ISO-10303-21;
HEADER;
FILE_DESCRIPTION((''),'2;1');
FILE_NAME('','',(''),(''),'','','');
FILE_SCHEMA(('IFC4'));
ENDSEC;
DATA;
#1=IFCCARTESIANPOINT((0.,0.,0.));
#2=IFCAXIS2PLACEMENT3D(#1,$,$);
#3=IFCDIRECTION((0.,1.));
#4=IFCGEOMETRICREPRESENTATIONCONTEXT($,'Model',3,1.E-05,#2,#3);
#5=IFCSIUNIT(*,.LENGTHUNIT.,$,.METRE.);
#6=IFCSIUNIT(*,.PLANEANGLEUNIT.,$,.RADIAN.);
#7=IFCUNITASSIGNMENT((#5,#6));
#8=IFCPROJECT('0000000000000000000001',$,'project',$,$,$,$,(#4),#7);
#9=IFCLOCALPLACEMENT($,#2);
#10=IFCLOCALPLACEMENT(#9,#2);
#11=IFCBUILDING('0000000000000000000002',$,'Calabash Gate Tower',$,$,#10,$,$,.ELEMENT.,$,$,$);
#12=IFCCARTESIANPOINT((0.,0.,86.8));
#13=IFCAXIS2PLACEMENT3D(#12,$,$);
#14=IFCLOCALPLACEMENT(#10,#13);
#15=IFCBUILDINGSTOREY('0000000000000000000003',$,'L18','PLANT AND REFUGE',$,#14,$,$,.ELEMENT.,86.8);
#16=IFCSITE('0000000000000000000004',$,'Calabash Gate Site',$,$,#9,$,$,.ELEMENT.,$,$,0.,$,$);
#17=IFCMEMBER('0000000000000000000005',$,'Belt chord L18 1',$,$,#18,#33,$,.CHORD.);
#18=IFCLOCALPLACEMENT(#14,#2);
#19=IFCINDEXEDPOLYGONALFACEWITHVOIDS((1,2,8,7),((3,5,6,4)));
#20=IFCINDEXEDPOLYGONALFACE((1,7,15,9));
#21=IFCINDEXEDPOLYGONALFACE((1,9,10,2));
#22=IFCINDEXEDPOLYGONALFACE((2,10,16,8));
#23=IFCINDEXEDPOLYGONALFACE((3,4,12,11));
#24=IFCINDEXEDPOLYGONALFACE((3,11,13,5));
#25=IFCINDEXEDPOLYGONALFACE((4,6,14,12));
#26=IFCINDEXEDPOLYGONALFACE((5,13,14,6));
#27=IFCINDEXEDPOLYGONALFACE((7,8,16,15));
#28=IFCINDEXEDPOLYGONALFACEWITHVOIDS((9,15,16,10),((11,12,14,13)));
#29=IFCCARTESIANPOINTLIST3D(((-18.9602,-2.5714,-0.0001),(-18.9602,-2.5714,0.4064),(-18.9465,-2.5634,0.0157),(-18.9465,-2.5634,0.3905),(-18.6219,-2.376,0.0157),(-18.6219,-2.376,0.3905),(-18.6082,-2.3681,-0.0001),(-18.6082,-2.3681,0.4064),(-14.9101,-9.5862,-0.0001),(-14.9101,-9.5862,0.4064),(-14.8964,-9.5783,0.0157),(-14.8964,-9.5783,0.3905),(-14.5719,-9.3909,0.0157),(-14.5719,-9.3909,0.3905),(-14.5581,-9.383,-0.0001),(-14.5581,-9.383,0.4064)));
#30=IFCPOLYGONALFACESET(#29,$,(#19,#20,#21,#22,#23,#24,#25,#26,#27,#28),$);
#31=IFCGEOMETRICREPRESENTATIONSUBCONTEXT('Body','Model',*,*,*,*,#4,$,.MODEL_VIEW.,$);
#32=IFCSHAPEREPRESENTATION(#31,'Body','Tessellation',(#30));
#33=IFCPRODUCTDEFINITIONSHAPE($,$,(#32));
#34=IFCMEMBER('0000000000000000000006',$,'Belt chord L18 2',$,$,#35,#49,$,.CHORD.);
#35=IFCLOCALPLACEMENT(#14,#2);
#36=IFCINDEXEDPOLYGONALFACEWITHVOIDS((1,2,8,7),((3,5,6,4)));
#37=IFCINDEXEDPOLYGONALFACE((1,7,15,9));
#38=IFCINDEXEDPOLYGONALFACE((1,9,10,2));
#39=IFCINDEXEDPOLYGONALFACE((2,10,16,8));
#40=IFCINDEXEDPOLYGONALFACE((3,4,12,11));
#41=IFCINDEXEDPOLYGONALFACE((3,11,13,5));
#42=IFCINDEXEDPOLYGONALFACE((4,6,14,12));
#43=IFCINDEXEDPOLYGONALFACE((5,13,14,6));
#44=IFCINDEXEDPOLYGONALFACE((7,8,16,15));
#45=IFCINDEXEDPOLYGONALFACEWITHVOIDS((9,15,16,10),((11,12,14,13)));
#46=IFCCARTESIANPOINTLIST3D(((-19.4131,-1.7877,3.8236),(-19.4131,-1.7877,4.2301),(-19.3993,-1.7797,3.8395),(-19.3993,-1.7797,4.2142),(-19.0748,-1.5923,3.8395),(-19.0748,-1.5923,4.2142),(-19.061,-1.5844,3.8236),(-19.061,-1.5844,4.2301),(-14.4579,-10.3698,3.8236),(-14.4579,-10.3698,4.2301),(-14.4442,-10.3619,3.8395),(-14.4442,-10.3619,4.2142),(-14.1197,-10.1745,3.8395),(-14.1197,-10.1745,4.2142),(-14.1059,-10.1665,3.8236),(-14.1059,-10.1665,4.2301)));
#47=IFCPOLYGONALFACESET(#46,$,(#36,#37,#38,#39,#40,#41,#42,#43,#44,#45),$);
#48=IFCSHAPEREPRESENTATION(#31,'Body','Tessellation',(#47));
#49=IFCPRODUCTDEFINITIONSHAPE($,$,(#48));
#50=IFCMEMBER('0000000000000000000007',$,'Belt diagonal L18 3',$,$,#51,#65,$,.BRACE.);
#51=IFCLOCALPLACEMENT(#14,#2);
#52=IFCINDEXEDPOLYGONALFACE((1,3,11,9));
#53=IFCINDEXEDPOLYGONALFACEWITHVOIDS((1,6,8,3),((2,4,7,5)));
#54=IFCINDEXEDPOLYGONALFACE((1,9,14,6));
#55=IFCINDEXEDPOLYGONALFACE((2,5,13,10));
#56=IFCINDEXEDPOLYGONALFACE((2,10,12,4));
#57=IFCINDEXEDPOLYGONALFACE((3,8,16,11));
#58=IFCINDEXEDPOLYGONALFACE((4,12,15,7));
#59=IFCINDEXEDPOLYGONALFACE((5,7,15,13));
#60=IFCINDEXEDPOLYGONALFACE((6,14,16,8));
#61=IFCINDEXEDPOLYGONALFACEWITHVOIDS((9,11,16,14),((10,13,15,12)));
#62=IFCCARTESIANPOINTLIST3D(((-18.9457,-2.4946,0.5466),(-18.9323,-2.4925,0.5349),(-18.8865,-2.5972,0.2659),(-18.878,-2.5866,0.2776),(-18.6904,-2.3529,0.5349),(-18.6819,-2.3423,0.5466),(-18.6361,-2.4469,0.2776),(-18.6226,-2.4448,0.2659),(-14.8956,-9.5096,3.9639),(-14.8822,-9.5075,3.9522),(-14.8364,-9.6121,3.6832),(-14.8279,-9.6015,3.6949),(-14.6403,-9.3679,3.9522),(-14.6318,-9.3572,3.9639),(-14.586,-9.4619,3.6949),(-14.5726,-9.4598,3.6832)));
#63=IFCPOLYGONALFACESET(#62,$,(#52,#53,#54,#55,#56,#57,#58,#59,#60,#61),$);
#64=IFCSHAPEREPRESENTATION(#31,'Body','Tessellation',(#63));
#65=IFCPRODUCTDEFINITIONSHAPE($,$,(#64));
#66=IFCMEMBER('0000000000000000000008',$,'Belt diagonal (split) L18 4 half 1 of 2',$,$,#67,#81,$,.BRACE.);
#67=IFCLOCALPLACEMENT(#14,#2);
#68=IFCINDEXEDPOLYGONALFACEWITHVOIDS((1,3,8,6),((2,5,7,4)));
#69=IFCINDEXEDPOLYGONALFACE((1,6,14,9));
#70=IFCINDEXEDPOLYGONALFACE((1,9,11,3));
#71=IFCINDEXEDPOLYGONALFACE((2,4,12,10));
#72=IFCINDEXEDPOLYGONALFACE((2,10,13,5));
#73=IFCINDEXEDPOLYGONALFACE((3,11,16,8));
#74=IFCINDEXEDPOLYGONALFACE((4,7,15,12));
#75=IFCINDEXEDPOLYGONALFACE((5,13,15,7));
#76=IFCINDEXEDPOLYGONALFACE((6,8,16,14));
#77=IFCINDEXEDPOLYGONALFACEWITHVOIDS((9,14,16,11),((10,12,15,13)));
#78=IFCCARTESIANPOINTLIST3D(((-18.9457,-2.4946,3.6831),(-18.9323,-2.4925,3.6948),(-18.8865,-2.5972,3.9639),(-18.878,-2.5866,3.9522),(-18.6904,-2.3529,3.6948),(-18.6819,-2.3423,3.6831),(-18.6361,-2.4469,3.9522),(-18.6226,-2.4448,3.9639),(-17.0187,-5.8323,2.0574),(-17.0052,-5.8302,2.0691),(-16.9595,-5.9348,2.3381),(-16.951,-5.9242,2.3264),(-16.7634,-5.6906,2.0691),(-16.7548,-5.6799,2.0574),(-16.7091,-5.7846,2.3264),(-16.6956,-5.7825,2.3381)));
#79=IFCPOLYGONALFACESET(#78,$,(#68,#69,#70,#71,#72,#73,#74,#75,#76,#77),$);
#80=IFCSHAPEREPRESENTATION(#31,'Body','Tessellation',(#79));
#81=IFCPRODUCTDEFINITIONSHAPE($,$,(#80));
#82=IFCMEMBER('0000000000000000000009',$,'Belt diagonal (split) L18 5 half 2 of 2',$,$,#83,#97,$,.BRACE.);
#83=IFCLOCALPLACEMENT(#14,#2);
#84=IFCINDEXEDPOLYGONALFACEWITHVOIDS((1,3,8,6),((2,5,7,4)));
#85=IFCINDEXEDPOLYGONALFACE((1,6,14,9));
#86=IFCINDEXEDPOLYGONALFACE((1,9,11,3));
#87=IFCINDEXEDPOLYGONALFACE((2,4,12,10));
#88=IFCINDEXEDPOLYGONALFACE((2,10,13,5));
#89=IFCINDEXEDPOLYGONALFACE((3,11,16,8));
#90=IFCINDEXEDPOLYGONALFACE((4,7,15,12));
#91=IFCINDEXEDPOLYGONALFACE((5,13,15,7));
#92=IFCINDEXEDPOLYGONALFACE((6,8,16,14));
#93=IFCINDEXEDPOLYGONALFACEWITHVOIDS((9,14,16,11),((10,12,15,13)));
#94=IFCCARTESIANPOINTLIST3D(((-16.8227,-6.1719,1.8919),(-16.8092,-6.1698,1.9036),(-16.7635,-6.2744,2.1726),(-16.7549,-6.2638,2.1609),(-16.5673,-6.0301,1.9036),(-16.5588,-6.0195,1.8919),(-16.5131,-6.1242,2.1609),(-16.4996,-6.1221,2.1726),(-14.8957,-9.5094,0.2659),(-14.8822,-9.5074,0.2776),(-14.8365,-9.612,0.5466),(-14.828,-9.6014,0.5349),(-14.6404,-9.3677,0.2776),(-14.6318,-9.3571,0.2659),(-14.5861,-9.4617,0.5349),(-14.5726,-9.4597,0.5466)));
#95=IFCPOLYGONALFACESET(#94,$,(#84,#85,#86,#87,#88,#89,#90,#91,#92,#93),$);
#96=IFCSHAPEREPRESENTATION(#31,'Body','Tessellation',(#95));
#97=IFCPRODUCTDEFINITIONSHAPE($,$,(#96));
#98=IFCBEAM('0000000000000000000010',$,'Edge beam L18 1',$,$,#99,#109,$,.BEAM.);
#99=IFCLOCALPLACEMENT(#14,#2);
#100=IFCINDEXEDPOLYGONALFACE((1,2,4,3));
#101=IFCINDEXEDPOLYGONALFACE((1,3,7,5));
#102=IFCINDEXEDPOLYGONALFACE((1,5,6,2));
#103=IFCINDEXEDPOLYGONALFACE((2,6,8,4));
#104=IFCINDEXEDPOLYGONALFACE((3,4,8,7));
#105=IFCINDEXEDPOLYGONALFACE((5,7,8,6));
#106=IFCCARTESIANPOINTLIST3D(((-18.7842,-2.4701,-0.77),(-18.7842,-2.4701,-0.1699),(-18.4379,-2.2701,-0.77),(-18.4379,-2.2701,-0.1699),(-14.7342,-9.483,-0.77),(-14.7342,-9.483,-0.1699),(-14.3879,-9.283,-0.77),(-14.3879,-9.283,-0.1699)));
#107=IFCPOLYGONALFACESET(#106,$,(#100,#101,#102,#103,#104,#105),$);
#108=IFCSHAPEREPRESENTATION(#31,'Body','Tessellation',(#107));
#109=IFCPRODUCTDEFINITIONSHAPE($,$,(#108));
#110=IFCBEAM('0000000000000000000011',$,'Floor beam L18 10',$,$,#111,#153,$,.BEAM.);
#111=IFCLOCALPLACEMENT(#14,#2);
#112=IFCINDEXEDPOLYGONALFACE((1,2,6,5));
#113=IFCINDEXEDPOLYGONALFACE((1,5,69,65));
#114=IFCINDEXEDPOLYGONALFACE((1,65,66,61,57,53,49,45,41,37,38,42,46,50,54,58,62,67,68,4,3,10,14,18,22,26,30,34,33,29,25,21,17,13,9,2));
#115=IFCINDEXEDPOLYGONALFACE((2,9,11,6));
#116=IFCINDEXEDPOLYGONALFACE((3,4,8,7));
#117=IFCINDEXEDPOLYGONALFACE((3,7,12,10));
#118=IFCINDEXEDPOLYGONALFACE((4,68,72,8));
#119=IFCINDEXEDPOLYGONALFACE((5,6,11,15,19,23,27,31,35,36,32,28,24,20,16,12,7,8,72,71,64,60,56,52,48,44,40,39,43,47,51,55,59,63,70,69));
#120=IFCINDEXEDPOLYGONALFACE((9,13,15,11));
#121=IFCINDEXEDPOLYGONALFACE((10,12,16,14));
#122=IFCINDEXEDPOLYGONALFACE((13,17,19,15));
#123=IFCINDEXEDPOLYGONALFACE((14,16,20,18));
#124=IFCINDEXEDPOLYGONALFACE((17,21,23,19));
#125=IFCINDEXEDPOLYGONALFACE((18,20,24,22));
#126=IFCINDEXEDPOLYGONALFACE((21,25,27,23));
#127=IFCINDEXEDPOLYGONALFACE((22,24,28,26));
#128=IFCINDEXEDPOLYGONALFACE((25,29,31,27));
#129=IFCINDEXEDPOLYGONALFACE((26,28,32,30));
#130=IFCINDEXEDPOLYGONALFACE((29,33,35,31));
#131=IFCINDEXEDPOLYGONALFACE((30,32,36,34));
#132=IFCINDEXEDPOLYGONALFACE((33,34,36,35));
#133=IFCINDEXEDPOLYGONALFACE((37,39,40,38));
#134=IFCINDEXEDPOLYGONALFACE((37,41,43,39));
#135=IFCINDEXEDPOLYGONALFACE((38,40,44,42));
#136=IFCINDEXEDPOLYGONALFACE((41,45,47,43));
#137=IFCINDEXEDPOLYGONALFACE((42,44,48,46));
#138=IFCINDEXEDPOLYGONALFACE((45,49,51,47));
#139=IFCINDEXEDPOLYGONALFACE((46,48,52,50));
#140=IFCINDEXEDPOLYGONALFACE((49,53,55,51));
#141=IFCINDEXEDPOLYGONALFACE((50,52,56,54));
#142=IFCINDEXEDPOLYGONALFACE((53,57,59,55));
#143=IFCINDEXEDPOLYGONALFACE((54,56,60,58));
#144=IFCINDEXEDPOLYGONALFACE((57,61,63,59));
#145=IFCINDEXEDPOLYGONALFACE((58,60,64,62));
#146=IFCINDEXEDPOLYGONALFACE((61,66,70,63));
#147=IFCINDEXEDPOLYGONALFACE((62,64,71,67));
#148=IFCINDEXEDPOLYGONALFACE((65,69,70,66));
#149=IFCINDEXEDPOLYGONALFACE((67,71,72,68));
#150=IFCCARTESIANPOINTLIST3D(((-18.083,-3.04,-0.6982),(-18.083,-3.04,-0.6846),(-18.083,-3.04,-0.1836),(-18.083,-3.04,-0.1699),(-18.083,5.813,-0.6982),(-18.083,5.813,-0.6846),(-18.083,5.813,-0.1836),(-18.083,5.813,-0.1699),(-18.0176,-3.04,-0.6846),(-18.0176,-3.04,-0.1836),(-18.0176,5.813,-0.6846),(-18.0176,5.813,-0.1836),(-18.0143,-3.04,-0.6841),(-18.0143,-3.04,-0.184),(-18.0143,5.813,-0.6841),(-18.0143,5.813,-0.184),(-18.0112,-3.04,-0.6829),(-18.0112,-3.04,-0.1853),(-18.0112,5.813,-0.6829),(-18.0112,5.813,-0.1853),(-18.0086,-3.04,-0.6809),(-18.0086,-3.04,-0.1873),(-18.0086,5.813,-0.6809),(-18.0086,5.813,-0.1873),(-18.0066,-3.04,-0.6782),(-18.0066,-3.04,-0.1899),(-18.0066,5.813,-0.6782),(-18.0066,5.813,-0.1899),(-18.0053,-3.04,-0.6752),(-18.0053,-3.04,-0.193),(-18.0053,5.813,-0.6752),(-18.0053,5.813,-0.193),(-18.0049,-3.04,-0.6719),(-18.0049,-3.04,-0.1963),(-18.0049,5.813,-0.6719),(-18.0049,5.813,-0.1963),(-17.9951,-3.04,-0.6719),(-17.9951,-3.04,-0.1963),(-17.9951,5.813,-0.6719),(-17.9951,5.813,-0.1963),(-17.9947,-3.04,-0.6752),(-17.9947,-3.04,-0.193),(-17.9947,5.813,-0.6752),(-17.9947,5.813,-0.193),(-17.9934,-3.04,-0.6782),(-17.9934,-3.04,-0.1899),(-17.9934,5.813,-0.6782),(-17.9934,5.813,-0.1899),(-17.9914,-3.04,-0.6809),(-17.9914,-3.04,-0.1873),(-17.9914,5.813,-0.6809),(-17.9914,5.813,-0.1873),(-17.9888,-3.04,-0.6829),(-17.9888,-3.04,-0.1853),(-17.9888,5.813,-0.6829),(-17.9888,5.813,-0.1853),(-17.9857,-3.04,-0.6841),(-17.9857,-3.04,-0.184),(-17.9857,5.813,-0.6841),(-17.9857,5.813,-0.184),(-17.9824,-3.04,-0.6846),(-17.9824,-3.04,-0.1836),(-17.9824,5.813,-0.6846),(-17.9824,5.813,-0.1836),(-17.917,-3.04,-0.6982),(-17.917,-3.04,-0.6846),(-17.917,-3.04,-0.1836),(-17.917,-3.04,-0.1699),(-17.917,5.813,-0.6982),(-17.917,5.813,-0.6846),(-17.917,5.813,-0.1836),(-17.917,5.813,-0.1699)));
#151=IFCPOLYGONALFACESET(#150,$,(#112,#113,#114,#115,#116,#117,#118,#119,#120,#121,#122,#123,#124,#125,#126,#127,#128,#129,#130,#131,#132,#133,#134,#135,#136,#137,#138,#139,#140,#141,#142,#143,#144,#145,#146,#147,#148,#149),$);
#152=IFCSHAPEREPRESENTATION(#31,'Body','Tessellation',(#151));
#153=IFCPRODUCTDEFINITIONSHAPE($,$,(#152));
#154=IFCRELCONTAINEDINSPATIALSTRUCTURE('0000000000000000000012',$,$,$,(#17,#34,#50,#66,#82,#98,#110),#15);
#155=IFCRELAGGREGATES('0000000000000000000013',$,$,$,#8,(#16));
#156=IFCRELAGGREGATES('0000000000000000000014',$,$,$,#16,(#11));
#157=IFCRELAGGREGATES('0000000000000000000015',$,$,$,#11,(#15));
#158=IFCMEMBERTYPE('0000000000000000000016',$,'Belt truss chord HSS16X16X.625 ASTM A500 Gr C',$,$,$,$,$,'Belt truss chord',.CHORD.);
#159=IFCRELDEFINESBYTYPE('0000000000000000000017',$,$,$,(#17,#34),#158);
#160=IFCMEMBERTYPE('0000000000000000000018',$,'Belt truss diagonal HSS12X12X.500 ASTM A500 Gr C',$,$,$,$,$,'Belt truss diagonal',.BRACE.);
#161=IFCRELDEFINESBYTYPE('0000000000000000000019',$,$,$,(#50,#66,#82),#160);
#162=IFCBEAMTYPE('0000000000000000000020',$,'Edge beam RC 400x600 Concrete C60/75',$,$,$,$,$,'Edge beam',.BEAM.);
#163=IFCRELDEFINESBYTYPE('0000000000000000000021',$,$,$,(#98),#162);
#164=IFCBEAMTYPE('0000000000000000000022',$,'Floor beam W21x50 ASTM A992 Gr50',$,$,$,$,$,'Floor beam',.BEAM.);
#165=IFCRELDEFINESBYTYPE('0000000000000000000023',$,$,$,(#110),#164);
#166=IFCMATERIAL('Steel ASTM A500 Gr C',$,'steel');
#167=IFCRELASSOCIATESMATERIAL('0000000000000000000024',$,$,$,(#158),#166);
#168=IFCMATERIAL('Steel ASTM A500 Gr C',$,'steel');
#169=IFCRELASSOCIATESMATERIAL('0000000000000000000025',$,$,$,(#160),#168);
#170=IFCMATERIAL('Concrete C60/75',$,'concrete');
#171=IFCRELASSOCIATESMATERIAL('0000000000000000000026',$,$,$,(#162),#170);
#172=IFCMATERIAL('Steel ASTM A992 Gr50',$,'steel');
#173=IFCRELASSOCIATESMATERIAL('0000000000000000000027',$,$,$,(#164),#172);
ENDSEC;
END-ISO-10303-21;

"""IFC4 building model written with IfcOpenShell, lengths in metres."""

from ifc_helpers import new_model, si_unit, direction, frame, origin, origin_2d, place, context, subcontext, project, spatial, rectangle, hollow_rectangle, i_section, extrude, material, material_profile, profile_set, type_object, element, save


model = new_model("IFC4")

# Units and contexts
model_context = context("Model", 3, precision=1e-05, world=origin(), true_north=direction((0.0, 1.0)))
body_context = subcontext(model_context, "Body", "Model", "MODEL_VIEW")
ifc_project = project(units=[si_unit("LENGTHUNIT", "METRE"), si_unit("PLANEANGLEUNIT", "RADIAN")], contexts=[model_context])

# Site, building, storey
site_placement = place(None, origin())
site = spatial("IfcSite", under=ifc_project, at=site_placement, Name="Calabash Gate Site", CompositionType="ELEMENT", RefElevation=0.0)
building_placement = place(site_placement, origin())
building = spatial("IfcBuilding", under=site, at=building_placement, Name="Calabash Gate Tower", CompositionType="ELEMENT")
storey_placement = place(building_placement, frame((0.0, 0.0, 86.8)))
storey = spatial("IfcBuildingStorey", under=building, at=storey_placement, Name="L18", Description="PLANT AND REFUGE", CompositionType="ELEMENT", Elevation=86.8)

# Members
ifc_material_1 = material(Name="Steel ASTM A500 Gr C", Category="steel")
ifc_material_profile_1 = material_profile(ifc_material_1, hollow_rectangle(XDim=0.4065, YDim=0.4065, WallThickness=0.0159, at=origin_2d()))
ifc_profile_set_1 = profile_set([ifc_material_profile_1], Name="Steel ASTM A500 Gr C")
member_type_1 = type_object("IfcMemberType", Name="Belt truss chord HSS16X16X.625 ASTM A500 Gr C", ElementType="Belt truss chord", PredefinedType="CHORD", material=ifc_profile_set_1)
member_1_placement = place(storey_placement, frame((-18.7842, -2.4697, 0.2031), z_axis=(0.5, -0.866025, 0.0), x_axis=(0.866025, 0.5, 0.0)))
element("IfcMember", 1, at=member_1_placement, inside=storey, type_object=member_type_1, Name="Belt chord L18 1", PredefinedType="CHORD", context=body_context, shape_type="SweptSolid", body=[
    extrude(hollow_rectangle(XDim=0.4065, YDim=0.4065, WallThickness=0.0159, at=origin_2d()), origin(), (0.0, 0.0, 1.0), 8.1001),
])
member_2_placement = place(storey_placement, frame((-19.2371, -1.686, 4.0269), z_axis=(0.500018, -0.866015, 0.0), x_axis=(0.866015, 0.500018, 0.0)))
element("IfcMember", 2, at=member_2_placement, inside=storey, type_object=member_type_1, Name="Belt chord L18 2", PredefinedType="CHORD", context=body_context, shape_type="SweptSolid", body=[
    extrude(hollow_rectangle(XDim=0.4065, YDim=0.4065, WallThickness=0.0159, at=origin_2d()), origin(), (0.0, 0.0, 1.0), 9.9099),
])
ifc_material_2 = material(Name="Steel ASTM A500 Gr C", Category="steel")
ifc_material_profile_2 = material_profile(ifc_material_2, hollow_rectangle(XDim=0.3047, YDim=0.3047, WallThickness=0.0127, at=origin_2d()))
ifc_profile_set_2 = profile_set([ifc_material_profile_2], Name="Steel ASTM A500 Gr C")
member_type_2 = type_object("IfcMemberType", Name="Belt truss diagonal HSS12X12X.500 ASTM A500 Gr C", ElementType="Belt truss diagonal", PredefinedType="BRACE", material=ifc_profile_set_2)
member_3_placement = place(storey_placement, frame((-18.7842, -2.4697, 0.4062), z_axis=(0.460682, -0.797925, 0.388701), x_axis=(0.866025, 0.5, 0.0)))
element("IfcMember", 3, at=member_3_placement, inside=storey, type_object=member_type_2, Name="Belt diagonal L18 3", PredefinedType="BRACE", context=body_context, shape_type="SweptSolid", body=[
    extrude(hollow_rectangle(XDim=0.3047, YDim=0.3047, WallThickness=0.0127, at=origin_2d()), origin(), (0.0, 0.0, 1.0), 8.7915),
])
for number, where, z_axis, x_axis, name in (
    (4, (-18.7842, -2.4697, 3.8235), (0.460691, -0.797936, -0.388666), (0.866024, 0.500002, 0.0), "Belt diagonal (split) L18 4 half 1 of 2"),
    (5, (-16.6611, -6.147, 2.0322), (0.460681, -0.797918, -0.388716), (0.866024, 0.500002, 0.0), "Belt diagonal (split) L18 5 half 2 of 2"),
):
    element("IfcMember", number, at=place(storey_placement, frame(where, z_axis=z_axis, x_axis=x_axis)), inside=storey, type_object=member_type_2, Name=name, PredefinedType="BRACE", context=body_context, shape_type="SweptSolid", body=[
        extrude(hollow_rectangle(XDim=0.3047, YDim=0.3047, WallThickness=0.0127, at=origin_2d()), origin(), (0.0, 0.0, 1.0), 4.1829),
    ])

# Beams
ifc_material_3 = material(Name="Concrete C60/75", Category="concrete")
ifc_material_profile_3 = material_profile(ifc_material_3, rectangle(XDim=0.3999, YDim=0.6001, at=origin_2d()))
ifc_profile_set_3 = profile_set([ifc_material_profile_3], Name="Concrete C60/75")
beam_type_1 = type_object("IfcBeamType", Name="Edge beam RC 400x600 Concrete C60/75", ElementType="Edge beam", PredefinedType="BEAM", material=ifc_profile_set_3)
beam_1_placement = place(storey_placement, frame((-18.6111, -2.3701, -0.47), z_axis=(0.500104, -0.865965, 0.0), x_axis=(0.865965, 0.500104, 0.0)))
element("IfcBeam", 6, at=beam_1_placement, inside=storey, type_object=beam_type_1, Name="Edge beam L18 1", PredefinedType="BEAM", context=body_context, shape_type="SweptSolid", body=[
    extrude(rectangle(XDim=0.3999, YDim=0.6001, at=origin_2d()), origin(), (0.0, 0.0, 1.0), 8.0984),
])
ifc_material_4 = material(Name="Steel ASTM A992 Gr50", Category="steel")
ifc_material_profile_4 = material_profile(ifc_material_4, i_section(OverallWidth=0.166, OverallDepth=0.5283, WebThickness=0.0098, FlangeThickness=0.0137, FilletRadius=0.0127, at=origin_2d()))
ifc_profile_set_4 = profile_set([ifc_material_profile_4], Name="Steel ASTM A992 Gr50")
beam_type_2 = type_object("IfcBeamType", Name="Floor beam W21x50 ASTM A992 Gr50", ElementType="Floor beam", PredefinedType="BEAM", material=ifc_profile_set_4)
beam_2_placement = place(storey_placement, frame((-18.0, -3.04, -0.4341), z_axis=(0.0, 1.0, 0.0), x_axis=(-1.0, 0.0, 0.0)))
element("IfcBeam", 7, at=beam_2_placement, inside=storey, type_object=beam_type_2, Name="Floor beam L18 10", PredefinedType="BEAM", context=body_context, shape_type="SweptSolid", body=[
    extrude(i_section(OverallWidth=0.166, OverallDepth=0.5283, WebThickness=0.0098, FlangeThickness=0.0137, FilletRadius=0.0127, at=origin_2d()), origin(), (0.0, 0.0, 1.0), 8.853),
])

save(model, "model.ifc")
